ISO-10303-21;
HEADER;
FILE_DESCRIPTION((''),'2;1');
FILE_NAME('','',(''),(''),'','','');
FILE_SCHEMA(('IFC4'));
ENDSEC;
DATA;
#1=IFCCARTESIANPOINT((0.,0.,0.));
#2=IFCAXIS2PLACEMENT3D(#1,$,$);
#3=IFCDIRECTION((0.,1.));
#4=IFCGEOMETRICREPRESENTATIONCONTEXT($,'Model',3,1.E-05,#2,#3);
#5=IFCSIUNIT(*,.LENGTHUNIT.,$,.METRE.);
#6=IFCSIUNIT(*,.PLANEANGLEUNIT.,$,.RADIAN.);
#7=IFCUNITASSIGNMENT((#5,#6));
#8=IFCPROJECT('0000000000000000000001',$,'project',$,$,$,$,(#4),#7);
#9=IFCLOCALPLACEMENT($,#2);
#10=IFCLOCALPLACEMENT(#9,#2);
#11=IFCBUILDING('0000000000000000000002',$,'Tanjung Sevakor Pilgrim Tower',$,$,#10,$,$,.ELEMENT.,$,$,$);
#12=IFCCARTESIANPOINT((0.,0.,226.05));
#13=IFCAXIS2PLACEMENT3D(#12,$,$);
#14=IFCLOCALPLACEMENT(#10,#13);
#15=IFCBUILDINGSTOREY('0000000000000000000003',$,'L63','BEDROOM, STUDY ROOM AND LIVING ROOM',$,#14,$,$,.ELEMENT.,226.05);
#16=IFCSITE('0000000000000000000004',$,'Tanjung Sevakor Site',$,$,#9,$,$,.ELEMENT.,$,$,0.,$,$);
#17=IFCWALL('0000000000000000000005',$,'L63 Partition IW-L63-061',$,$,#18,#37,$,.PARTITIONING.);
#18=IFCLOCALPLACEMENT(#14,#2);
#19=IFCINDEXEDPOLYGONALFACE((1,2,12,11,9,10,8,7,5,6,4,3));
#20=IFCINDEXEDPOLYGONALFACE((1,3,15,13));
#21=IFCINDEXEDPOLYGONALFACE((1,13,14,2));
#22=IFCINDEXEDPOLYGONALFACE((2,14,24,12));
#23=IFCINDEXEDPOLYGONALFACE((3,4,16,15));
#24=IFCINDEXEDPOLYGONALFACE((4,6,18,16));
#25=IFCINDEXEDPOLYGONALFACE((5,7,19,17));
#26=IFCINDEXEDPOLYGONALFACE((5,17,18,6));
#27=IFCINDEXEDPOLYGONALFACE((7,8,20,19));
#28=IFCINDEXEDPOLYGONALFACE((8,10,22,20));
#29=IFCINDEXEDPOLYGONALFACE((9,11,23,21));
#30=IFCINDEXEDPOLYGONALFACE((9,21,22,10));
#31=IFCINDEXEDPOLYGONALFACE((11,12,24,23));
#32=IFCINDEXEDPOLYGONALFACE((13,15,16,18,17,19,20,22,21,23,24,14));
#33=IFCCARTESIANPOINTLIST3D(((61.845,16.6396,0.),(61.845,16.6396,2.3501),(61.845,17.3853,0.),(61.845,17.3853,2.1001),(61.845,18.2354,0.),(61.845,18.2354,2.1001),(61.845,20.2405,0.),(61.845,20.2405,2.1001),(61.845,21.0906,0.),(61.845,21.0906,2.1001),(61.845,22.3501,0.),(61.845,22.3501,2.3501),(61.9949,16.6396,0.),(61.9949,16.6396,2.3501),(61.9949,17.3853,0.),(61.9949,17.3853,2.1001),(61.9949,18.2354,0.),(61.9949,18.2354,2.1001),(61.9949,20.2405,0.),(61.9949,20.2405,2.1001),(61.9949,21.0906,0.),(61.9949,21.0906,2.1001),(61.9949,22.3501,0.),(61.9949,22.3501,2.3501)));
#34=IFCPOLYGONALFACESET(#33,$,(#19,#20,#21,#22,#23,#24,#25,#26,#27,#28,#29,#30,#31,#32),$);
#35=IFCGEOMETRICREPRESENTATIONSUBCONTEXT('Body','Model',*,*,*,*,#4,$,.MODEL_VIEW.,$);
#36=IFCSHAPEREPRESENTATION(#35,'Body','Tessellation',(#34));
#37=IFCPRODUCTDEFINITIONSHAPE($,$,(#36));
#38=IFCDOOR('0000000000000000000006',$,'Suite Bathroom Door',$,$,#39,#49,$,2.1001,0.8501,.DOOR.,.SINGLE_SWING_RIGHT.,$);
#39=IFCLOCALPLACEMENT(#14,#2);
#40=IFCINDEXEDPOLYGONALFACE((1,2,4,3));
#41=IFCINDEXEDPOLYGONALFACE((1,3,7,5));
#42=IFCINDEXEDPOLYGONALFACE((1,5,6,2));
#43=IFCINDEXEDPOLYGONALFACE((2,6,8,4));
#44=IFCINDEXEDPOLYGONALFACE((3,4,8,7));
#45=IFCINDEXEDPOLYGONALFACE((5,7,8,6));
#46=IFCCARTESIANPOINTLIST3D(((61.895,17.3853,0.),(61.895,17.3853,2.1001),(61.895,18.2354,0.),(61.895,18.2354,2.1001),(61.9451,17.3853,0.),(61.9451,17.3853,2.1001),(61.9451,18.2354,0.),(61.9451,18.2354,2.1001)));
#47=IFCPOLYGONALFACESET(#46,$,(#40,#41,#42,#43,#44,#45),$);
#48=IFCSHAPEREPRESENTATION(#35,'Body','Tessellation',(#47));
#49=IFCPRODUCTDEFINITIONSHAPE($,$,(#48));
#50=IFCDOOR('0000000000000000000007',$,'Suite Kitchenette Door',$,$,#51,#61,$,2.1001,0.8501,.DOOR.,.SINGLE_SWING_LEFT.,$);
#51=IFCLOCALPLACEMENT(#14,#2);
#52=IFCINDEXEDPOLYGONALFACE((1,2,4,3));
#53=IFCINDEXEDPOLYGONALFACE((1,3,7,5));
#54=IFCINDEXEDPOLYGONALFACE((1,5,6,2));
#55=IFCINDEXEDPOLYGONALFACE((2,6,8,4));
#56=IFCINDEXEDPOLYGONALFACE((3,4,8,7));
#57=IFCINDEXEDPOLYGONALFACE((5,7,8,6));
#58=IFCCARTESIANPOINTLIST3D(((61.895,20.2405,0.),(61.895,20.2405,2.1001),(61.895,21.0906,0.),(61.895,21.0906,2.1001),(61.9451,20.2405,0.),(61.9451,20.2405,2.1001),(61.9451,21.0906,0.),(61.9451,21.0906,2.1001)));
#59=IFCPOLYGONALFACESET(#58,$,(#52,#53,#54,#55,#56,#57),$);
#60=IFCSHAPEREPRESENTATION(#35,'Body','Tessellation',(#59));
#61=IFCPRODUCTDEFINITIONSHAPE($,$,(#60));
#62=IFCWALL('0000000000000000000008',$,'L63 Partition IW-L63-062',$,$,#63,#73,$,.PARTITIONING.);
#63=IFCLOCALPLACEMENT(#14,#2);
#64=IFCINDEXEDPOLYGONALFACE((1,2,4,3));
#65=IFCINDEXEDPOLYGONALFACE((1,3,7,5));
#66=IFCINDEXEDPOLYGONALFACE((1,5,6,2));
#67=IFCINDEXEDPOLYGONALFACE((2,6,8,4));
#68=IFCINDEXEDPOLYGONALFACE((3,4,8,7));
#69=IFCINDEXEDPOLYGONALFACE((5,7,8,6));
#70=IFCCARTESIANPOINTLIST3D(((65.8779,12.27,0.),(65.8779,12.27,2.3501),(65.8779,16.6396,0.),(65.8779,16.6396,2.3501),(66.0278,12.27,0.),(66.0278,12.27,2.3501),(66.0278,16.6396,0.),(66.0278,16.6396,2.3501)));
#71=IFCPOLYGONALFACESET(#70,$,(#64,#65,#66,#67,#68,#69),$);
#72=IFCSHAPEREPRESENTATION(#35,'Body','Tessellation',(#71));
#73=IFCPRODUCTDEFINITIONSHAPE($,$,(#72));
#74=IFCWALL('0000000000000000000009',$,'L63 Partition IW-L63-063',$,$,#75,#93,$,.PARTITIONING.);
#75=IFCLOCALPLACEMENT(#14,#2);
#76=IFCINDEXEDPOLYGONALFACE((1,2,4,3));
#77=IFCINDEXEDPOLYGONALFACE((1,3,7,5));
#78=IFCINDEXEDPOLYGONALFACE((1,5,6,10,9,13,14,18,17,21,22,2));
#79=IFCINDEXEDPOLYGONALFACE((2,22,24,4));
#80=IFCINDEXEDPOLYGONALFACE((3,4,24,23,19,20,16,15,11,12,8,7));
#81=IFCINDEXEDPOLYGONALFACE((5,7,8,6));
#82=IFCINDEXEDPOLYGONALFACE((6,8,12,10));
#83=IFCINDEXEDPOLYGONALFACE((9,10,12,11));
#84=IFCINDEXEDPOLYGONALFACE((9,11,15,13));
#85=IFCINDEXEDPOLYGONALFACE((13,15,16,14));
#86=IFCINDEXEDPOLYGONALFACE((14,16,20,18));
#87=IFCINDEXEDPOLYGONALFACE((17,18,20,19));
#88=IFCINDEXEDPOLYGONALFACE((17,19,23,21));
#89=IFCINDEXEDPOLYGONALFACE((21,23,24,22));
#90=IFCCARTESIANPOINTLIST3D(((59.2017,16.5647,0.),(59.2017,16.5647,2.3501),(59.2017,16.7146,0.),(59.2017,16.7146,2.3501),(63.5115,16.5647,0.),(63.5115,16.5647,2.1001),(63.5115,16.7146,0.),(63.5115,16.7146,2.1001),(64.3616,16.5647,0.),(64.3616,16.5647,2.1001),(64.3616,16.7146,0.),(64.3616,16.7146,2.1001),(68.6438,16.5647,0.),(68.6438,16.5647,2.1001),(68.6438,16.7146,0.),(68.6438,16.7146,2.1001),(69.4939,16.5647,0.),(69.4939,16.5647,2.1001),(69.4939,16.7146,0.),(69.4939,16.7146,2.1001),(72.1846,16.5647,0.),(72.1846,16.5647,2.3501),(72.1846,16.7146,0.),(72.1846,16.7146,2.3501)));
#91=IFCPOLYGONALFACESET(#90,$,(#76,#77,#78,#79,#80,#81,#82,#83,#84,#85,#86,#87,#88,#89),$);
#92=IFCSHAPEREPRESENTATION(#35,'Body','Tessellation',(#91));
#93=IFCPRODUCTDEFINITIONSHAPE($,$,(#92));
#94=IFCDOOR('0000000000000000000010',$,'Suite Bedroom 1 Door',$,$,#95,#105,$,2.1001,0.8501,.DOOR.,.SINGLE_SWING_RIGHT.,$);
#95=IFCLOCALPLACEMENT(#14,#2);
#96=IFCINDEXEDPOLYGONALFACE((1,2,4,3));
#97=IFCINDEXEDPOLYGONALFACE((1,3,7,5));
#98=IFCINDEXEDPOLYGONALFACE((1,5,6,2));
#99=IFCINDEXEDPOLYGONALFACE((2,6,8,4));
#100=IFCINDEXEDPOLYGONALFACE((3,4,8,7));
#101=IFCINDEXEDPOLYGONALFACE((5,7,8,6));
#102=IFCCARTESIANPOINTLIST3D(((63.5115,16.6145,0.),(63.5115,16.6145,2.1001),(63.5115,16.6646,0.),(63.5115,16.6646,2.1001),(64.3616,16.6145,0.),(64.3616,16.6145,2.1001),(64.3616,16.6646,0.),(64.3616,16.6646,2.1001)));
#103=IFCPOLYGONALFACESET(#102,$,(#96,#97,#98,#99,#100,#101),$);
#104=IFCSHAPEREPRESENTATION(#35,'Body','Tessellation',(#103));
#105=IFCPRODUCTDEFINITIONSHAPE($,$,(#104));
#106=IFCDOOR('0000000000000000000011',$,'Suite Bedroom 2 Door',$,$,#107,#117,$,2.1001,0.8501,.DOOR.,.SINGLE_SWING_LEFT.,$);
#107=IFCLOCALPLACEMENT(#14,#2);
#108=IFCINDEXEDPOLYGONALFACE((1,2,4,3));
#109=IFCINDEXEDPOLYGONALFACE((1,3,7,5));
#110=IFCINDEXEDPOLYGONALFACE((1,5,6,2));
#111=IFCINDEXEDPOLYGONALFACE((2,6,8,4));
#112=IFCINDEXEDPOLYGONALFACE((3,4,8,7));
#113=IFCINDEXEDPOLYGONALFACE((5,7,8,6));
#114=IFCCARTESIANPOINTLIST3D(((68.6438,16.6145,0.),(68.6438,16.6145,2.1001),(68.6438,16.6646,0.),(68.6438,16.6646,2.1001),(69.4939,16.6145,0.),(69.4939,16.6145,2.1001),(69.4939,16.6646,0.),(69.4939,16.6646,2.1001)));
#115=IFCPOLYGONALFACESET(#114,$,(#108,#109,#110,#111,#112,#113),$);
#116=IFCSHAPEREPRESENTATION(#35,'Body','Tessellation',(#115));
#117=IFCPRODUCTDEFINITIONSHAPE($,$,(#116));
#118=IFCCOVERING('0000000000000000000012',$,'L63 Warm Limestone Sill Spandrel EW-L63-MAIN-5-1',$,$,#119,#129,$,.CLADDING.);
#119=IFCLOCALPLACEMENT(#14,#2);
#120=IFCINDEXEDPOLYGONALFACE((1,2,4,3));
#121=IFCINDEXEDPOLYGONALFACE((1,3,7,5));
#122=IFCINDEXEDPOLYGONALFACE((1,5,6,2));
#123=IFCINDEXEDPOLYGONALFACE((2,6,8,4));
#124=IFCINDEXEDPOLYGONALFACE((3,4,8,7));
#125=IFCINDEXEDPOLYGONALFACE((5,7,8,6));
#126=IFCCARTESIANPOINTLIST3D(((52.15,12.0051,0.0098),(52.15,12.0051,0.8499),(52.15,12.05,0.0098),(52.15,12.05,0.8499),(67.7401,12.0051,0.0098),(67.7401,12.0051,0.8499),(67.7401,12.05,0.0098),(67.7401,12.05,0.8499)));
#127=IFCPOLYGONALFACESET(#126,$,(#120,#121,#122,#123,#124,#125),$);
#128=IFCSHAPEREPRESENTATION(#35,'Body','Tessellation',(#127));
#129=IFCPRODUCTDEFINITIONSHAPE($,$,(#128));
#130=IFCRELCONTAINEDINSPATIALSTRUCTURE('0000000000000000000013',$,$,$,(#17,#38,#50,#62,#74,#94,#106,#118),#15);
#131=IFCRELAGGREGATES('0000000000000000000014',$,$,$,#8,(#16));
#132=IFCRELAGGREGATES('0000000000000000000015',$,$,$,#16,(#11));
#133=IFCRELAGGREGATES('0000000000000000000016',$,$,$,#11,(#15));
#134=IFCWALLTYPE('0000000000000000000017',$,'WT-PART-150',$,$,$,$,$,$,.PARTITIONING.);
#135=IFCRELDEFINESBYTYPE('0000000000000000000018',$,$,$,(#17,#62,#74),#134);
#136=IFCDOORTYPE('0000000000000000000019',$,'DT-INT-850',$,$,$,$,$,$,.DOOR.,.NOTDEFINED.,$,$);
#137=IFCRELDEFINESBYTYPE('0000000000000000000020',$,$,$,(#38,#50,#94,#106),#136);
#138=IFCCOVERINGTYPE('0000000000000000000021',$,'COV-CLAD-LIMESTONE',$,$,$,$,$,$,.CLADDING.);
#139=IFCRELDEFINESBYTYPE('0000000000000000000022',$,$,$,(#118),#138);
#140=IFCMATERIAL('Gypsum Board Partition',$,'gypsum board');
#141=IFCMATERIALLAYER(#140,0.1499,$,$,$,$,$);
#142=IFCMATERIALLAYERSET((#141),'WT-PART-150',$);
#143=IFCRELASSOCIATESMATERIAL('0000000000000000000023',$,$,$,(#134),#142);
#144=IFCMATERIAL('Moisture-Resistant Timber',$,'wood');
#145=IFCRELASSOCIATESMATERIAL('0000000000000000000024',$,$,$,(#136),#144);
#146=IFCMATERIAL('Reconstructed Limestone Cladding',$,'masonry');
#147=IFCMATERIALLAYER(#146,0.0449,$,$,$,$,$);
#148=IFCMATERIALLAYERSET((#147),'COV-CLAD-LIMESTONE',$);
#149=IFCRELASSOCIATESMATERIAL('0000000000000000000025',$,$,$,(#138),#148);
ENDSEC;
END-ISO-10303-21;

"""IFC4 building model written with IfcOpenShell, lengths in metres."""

from ifc_helpers import new_model, si_unit, direction, frame, frame_2d, origin, origin_2d, place, context, subcontext, project, spatial, rectangle, extrude, material, layer, layer_set, type_object, element, fill, save


model = new_model("IFC4")

# Units and contexts
model_context = context("Model", 3, precision=1e-05, world=origin(), true_north=direction((0.0, 1.0)))
body_context = subcontext(model_context, "Body", "Model", "MODEL_VIEW")
ifc_project = project(units=[si_unit("LENGTHUNIT", "METRE"), si_unit("PLANEANGLEUNIT", "RADIAN")], contexts=[model_context])

# Site, building, storey
site_placement = place(None, origin())
site = spatial("IfcSite", under=ifc_project, at=site_placement, Name="Tanjung Sevakor Site", CompositionType="ELEMENT", RefElevation=0.0)
building_placement = place(site_placement, origin())
building = spatial("IfcBuilding", under=site, at=building_placement, Name="Tanjung Sevakor Pilgrim Tower", CompositionType="ELEMENT")
storey_placement = place(building_placement, frame((0.0, 0.0, 226.05)))
storey = spatial("IfcBuildingStorey", under=building, at=storey_placement, Name="L63", Description="BEDROOM, STUDY ROOM AND LIVING ROOM", CompositionType="ELEMENT", Elevation=226.05)

# Shared definitions
ifc_material_1 = material(Name="Gypsum Board Partition", Category="gypsum board")
ifc_layer_1 = layer(ifc_material_1, 0.1499)
ifc_layer_set_1 = layer_set([ifc_layer_1], Name="WT-PART-150")
wall_type_1 = type_object("IfcWallType", Name="WT-PART-150", PredefinedType="PARTITIONING", material=ifc_layer_set_1)

# Wall, openings, doors
wall_1_placement = place(storey_placement, frame((61.9199, 16.6396, 0.0), z_axis=(0.0, 0.0, 1.0), x_axis=(0.0, 1.0, 0.0)))
wall_1 = element("IfcWall", 1, at=wall_1_placement, inside=storey, type_object=wall_type_1, Name="L63 Partition IW-L63-061", PredefinedType="PARTITIONING", context=body_context, shape_type="SweptSolid", body=[
    extrude(rectangle(XDim=5.7104, YDim=0.1499, at=frame_2d((2.8552, 0.0))), origin(), (0.0, 0.0, 1.0), 2.3501),
])
opening_1_placement = place(wall_1_placement, frame((0.7456, 0.0, 0.0)))
opening_1 = element("IfcOpeningElement", 2, at=opening_1_placement, cuts=wall_1, PredefinedType="OPENING", context=body_context, shape_type="SweptSolid", body=[
    extrude(rectangle(XDim=0.8501, YDim=2.1001, at=frame_2d((0.425, 1.05))), frame((0.0, 0.085, 0.0), z_axis=(0.0, -1.0, 0.0), x_axis=(1.0, 0.0, 0.0)), (0.0, 0.0, 1.0), 0.1699),
])
opening_2_placement = place(wall_1_placement, frame((3.6008, 0.0, 0.0)))
opening_2 = element("IfcOpeningElement", 3, at=opening_2_placement, cuts=wall_1, PredefinedType="OPENING", context=body_context, shape_type="SweptSolid", body=[
    extrude(rectangle(XDim=0.8501, YDim=2.1001, at=frame_2d((0.425, 1.05))), frame((0.0, 0.085, 0.0), z_axis=(0.0, -1.0, 0.0), x_axis=(1.0, 0.0, 0.0)), (0.0, 0.0, 1.0), 0.1699),
])
ifc_material_2 = material(Name="Moisture-Resistant Timber", Category="wood")
door_type_1 = type_object("IfcDoorType", Name="DT-INT-850", OperationType="NOTDEFINED", PredefinedType="DOOR", material=ifc_material_2)
door_1_placement = place(opening_1_placement, origin())
door_1 = element("IfcDoor", 4, at=door_1_placement, inside=storey, type_object=door_type_1, Name="Suite Bathroom Door", OperationType="SINGLE_SWING_RIGHT", OverallHeight=2.1001, OverallWidth=0.8501, PredefinedType="DOOR", context=body_context, shape_type="SweptSolid", body=[
    extrude(rectangle(XDim=0.8501, YDim=2.1001, at=frame_2d((0.425, 1.05))), frame((0.0, 0.0249, 0.0), z_axis=(0.0, -1.0, 0.0), x_axis=(1.0, 0.0, 0.0)), (0.0, 0.0, 1.0), 0.05),
])
fill(opening_1, door_1)
door_2_placement = place(opening_2_placement, origin())
door_2 = element("IfcDoor", 5, at=door_2_placement, inside=storey, type_object=door_type_1, Name="Suite Kitchenette Door", OperationType="SINGLE_SWING_LEFT", OverallHeight=2.1001, OverallWidth=0.8501, PredefinedType="DOOR", context=body_context, shape_type="SweptSolid", body=[
    extrude(rectangle(XDim=0.8501, YDim=2.1001, at=frame_2d((0.425, 1.05))), frame((0.0, 0.0249, 0.0), z_axis=(0.0, -1.0, 0.0), x_axis=(1.0, 0.0, 0.0)), (0.0, 0.0, 1.0), 0.05),
])
fill(opening_2, door_2)

# Wall
wall_2_placement = place(storey_placement, frame((65.9529, 12.27, 0.0), z_axis=(0.0, 0.0, 1.0), x_axis=(0.0, 1.0, 0.0)))
element("IfcWall", 6, at=wall_2_placement, inside=storey, type_object=wall_type_1, Name="L63 Partition IW-L63-062", PredefinedType="PARTITIONING", context=body_context, shape_type="SweptSolid", body=[
    extrude(rectangle(XDim=4.3696, YDim=0.1499, at=frame_2d((2.1848, 0.0))), origin(), (0.0, 0.0, 1.0), 2.3501),
])

# Wall, openings, doors
wall_3_placement = place(storey_placement, frame((59.2017, 16.6396, 0.0), z_axis=(0.0, 0.0, 1.0), x_axis=(1.0, 0.0, 0.0)))
wall_3 = element("IfcWall", 7, at=wall_3_placement, inside=storey, type_object=wall_type_1, Name="L63 Partition IW-L63-063", PredefinedType="PARTITIONING", context=body_context, shape_type="SweptSolid", body=[
    extrude(rectangle(XDim=12.9829, YDim=0.1499, at=frame_2d((6.4915, 0.0))), origin(), (0.0, 0.0, 1.0), 2.3501),
])
opening_3_placement = place(wall_3_placement, frame((4.3098, 0.0, 0.0)))
opening_3 = element("IfcOpeningElement", 8, at=opening_3_placement, cuts=wall_3, PredefinedType="OPENING", context=body_context, shape_type="SweptSolid", body=[
    extrude(rectangle(XDim=0.8501, YDim=2.1001, at=frame_2d((0.425, 1.05))), frame((0.0, 0.085, 0.0), z_axis=(0.0, -1.0, 0.0), x_axis=(1.0, 0.0, 0.0)), (0.0, 0.0, 1.0), 0.1699),
])
opening_4_placement = place(wall_3_placement, frame((9.4421, 0.0, 0.0)))
opening_4 = element("IfcOpeningElement", 9, at=opening_4_placement, cuts=wall_3, PredefinedType="OPENING", context=body_context, shape_type="SweptSolid", body=[
    extrude(rectangle(XDim=0.8501, YDim=2.1001, at=frame_2d((0.425, 1.05))), frame((0.0, 0.085, 0.0), z_axis=(0.0, -1.0, 0.0), x_axis=(1.0, 0.0, 0.0)), (0.0, 0.0, 1.0), 0.1699),
])
door_3_placement = place(opening_3_placement, origin())
door_3 = element("IfcDoor", 10, at=door_3_placement, inside=storey, type_object=door_type_1, Name="Suite Bedroom 1 Door", OperationType="SINGLE_SWING_RIGHT", OverallHeight=2.1001, OverallWidth=0.8501, PredefinedType="DOOR", context=body_context, shape_type="SweptSolid", body=[
    extrude(rectangle(XDim=0.8501, YDim=2.1001, at=frame_2d((0.425, 1.05))), frame((0.0, 0.0249, 0.0), z_axis=(0.0, -1.0, 0.0), x_axis=(1.0, 0.0, 0.0)), (0.0, 0.0, 1.0), 0.05),
])
fill(opening_3, door_3)
door_4_placement = place(opening_4_placement, origin())
door_4 = element("IfcDoor", 11, at=door_4_placement, inside=storey, type_object=door_type_1, Name="Suite Bedroom 2 Door", OperationType="SINGLE_SWING_LEFT", OverallHeight=2.1001, OverallWidth=0.8501, PredefinedType="DOOR", context=body_context, shape_type="SweptSolid", body=[
    extrude(rectangle(XDim=0.8501, YDim=2.1001, at=frame_2d((0.425, 1.05))), frame((0.0, 0.0249, 0.0), z_axis=(0.0, -1.0, 0.0), x_axis=(1.0, 0.0, 0.0)), (0.0, 0.0, 1.0), 0.05),
])
fill(opening_4, door_4)

# Covering
ifc_material_3 = material(Name="Reconstructed Limestone Cladding", Category="masonry")
ifc_layer_2 = layer(ifc_material_3, 0.0449)
ifc_layer_set_2 = layer_set([ifc_layer_2], Name="COV-CLAD-LIMESTONE")
covering_type = type_object("IfcCoveringType", Name="COV-CLAD-LIMESTONE", PredefinedType="CLADDING", material=ifc_layer_set_2)
covering_placement = place(storey_placement, frame((59.9451, 12.0276, 0.0098), z_axis=(0.0, 0.0, 1.0), x_axis=(1.0, 0.0, 0.0)))
element("IfcCovering", 12, at=covering_placement, inside=storey, type_object=covering_type, Name="L63 Warm Limestone Sill Spandrel EW-L63-MAIN-5-1", PredefinedType="CLADDING", context=body_context, shape_type="SweptSolid", body=[
    extrude(rectangle(XDim=15.5901, YDim=0.0449, at=origin_2d()), origin(), (0.0, 0.0, 1.0), 0.8401),
])

save(model, "model.ifc")
